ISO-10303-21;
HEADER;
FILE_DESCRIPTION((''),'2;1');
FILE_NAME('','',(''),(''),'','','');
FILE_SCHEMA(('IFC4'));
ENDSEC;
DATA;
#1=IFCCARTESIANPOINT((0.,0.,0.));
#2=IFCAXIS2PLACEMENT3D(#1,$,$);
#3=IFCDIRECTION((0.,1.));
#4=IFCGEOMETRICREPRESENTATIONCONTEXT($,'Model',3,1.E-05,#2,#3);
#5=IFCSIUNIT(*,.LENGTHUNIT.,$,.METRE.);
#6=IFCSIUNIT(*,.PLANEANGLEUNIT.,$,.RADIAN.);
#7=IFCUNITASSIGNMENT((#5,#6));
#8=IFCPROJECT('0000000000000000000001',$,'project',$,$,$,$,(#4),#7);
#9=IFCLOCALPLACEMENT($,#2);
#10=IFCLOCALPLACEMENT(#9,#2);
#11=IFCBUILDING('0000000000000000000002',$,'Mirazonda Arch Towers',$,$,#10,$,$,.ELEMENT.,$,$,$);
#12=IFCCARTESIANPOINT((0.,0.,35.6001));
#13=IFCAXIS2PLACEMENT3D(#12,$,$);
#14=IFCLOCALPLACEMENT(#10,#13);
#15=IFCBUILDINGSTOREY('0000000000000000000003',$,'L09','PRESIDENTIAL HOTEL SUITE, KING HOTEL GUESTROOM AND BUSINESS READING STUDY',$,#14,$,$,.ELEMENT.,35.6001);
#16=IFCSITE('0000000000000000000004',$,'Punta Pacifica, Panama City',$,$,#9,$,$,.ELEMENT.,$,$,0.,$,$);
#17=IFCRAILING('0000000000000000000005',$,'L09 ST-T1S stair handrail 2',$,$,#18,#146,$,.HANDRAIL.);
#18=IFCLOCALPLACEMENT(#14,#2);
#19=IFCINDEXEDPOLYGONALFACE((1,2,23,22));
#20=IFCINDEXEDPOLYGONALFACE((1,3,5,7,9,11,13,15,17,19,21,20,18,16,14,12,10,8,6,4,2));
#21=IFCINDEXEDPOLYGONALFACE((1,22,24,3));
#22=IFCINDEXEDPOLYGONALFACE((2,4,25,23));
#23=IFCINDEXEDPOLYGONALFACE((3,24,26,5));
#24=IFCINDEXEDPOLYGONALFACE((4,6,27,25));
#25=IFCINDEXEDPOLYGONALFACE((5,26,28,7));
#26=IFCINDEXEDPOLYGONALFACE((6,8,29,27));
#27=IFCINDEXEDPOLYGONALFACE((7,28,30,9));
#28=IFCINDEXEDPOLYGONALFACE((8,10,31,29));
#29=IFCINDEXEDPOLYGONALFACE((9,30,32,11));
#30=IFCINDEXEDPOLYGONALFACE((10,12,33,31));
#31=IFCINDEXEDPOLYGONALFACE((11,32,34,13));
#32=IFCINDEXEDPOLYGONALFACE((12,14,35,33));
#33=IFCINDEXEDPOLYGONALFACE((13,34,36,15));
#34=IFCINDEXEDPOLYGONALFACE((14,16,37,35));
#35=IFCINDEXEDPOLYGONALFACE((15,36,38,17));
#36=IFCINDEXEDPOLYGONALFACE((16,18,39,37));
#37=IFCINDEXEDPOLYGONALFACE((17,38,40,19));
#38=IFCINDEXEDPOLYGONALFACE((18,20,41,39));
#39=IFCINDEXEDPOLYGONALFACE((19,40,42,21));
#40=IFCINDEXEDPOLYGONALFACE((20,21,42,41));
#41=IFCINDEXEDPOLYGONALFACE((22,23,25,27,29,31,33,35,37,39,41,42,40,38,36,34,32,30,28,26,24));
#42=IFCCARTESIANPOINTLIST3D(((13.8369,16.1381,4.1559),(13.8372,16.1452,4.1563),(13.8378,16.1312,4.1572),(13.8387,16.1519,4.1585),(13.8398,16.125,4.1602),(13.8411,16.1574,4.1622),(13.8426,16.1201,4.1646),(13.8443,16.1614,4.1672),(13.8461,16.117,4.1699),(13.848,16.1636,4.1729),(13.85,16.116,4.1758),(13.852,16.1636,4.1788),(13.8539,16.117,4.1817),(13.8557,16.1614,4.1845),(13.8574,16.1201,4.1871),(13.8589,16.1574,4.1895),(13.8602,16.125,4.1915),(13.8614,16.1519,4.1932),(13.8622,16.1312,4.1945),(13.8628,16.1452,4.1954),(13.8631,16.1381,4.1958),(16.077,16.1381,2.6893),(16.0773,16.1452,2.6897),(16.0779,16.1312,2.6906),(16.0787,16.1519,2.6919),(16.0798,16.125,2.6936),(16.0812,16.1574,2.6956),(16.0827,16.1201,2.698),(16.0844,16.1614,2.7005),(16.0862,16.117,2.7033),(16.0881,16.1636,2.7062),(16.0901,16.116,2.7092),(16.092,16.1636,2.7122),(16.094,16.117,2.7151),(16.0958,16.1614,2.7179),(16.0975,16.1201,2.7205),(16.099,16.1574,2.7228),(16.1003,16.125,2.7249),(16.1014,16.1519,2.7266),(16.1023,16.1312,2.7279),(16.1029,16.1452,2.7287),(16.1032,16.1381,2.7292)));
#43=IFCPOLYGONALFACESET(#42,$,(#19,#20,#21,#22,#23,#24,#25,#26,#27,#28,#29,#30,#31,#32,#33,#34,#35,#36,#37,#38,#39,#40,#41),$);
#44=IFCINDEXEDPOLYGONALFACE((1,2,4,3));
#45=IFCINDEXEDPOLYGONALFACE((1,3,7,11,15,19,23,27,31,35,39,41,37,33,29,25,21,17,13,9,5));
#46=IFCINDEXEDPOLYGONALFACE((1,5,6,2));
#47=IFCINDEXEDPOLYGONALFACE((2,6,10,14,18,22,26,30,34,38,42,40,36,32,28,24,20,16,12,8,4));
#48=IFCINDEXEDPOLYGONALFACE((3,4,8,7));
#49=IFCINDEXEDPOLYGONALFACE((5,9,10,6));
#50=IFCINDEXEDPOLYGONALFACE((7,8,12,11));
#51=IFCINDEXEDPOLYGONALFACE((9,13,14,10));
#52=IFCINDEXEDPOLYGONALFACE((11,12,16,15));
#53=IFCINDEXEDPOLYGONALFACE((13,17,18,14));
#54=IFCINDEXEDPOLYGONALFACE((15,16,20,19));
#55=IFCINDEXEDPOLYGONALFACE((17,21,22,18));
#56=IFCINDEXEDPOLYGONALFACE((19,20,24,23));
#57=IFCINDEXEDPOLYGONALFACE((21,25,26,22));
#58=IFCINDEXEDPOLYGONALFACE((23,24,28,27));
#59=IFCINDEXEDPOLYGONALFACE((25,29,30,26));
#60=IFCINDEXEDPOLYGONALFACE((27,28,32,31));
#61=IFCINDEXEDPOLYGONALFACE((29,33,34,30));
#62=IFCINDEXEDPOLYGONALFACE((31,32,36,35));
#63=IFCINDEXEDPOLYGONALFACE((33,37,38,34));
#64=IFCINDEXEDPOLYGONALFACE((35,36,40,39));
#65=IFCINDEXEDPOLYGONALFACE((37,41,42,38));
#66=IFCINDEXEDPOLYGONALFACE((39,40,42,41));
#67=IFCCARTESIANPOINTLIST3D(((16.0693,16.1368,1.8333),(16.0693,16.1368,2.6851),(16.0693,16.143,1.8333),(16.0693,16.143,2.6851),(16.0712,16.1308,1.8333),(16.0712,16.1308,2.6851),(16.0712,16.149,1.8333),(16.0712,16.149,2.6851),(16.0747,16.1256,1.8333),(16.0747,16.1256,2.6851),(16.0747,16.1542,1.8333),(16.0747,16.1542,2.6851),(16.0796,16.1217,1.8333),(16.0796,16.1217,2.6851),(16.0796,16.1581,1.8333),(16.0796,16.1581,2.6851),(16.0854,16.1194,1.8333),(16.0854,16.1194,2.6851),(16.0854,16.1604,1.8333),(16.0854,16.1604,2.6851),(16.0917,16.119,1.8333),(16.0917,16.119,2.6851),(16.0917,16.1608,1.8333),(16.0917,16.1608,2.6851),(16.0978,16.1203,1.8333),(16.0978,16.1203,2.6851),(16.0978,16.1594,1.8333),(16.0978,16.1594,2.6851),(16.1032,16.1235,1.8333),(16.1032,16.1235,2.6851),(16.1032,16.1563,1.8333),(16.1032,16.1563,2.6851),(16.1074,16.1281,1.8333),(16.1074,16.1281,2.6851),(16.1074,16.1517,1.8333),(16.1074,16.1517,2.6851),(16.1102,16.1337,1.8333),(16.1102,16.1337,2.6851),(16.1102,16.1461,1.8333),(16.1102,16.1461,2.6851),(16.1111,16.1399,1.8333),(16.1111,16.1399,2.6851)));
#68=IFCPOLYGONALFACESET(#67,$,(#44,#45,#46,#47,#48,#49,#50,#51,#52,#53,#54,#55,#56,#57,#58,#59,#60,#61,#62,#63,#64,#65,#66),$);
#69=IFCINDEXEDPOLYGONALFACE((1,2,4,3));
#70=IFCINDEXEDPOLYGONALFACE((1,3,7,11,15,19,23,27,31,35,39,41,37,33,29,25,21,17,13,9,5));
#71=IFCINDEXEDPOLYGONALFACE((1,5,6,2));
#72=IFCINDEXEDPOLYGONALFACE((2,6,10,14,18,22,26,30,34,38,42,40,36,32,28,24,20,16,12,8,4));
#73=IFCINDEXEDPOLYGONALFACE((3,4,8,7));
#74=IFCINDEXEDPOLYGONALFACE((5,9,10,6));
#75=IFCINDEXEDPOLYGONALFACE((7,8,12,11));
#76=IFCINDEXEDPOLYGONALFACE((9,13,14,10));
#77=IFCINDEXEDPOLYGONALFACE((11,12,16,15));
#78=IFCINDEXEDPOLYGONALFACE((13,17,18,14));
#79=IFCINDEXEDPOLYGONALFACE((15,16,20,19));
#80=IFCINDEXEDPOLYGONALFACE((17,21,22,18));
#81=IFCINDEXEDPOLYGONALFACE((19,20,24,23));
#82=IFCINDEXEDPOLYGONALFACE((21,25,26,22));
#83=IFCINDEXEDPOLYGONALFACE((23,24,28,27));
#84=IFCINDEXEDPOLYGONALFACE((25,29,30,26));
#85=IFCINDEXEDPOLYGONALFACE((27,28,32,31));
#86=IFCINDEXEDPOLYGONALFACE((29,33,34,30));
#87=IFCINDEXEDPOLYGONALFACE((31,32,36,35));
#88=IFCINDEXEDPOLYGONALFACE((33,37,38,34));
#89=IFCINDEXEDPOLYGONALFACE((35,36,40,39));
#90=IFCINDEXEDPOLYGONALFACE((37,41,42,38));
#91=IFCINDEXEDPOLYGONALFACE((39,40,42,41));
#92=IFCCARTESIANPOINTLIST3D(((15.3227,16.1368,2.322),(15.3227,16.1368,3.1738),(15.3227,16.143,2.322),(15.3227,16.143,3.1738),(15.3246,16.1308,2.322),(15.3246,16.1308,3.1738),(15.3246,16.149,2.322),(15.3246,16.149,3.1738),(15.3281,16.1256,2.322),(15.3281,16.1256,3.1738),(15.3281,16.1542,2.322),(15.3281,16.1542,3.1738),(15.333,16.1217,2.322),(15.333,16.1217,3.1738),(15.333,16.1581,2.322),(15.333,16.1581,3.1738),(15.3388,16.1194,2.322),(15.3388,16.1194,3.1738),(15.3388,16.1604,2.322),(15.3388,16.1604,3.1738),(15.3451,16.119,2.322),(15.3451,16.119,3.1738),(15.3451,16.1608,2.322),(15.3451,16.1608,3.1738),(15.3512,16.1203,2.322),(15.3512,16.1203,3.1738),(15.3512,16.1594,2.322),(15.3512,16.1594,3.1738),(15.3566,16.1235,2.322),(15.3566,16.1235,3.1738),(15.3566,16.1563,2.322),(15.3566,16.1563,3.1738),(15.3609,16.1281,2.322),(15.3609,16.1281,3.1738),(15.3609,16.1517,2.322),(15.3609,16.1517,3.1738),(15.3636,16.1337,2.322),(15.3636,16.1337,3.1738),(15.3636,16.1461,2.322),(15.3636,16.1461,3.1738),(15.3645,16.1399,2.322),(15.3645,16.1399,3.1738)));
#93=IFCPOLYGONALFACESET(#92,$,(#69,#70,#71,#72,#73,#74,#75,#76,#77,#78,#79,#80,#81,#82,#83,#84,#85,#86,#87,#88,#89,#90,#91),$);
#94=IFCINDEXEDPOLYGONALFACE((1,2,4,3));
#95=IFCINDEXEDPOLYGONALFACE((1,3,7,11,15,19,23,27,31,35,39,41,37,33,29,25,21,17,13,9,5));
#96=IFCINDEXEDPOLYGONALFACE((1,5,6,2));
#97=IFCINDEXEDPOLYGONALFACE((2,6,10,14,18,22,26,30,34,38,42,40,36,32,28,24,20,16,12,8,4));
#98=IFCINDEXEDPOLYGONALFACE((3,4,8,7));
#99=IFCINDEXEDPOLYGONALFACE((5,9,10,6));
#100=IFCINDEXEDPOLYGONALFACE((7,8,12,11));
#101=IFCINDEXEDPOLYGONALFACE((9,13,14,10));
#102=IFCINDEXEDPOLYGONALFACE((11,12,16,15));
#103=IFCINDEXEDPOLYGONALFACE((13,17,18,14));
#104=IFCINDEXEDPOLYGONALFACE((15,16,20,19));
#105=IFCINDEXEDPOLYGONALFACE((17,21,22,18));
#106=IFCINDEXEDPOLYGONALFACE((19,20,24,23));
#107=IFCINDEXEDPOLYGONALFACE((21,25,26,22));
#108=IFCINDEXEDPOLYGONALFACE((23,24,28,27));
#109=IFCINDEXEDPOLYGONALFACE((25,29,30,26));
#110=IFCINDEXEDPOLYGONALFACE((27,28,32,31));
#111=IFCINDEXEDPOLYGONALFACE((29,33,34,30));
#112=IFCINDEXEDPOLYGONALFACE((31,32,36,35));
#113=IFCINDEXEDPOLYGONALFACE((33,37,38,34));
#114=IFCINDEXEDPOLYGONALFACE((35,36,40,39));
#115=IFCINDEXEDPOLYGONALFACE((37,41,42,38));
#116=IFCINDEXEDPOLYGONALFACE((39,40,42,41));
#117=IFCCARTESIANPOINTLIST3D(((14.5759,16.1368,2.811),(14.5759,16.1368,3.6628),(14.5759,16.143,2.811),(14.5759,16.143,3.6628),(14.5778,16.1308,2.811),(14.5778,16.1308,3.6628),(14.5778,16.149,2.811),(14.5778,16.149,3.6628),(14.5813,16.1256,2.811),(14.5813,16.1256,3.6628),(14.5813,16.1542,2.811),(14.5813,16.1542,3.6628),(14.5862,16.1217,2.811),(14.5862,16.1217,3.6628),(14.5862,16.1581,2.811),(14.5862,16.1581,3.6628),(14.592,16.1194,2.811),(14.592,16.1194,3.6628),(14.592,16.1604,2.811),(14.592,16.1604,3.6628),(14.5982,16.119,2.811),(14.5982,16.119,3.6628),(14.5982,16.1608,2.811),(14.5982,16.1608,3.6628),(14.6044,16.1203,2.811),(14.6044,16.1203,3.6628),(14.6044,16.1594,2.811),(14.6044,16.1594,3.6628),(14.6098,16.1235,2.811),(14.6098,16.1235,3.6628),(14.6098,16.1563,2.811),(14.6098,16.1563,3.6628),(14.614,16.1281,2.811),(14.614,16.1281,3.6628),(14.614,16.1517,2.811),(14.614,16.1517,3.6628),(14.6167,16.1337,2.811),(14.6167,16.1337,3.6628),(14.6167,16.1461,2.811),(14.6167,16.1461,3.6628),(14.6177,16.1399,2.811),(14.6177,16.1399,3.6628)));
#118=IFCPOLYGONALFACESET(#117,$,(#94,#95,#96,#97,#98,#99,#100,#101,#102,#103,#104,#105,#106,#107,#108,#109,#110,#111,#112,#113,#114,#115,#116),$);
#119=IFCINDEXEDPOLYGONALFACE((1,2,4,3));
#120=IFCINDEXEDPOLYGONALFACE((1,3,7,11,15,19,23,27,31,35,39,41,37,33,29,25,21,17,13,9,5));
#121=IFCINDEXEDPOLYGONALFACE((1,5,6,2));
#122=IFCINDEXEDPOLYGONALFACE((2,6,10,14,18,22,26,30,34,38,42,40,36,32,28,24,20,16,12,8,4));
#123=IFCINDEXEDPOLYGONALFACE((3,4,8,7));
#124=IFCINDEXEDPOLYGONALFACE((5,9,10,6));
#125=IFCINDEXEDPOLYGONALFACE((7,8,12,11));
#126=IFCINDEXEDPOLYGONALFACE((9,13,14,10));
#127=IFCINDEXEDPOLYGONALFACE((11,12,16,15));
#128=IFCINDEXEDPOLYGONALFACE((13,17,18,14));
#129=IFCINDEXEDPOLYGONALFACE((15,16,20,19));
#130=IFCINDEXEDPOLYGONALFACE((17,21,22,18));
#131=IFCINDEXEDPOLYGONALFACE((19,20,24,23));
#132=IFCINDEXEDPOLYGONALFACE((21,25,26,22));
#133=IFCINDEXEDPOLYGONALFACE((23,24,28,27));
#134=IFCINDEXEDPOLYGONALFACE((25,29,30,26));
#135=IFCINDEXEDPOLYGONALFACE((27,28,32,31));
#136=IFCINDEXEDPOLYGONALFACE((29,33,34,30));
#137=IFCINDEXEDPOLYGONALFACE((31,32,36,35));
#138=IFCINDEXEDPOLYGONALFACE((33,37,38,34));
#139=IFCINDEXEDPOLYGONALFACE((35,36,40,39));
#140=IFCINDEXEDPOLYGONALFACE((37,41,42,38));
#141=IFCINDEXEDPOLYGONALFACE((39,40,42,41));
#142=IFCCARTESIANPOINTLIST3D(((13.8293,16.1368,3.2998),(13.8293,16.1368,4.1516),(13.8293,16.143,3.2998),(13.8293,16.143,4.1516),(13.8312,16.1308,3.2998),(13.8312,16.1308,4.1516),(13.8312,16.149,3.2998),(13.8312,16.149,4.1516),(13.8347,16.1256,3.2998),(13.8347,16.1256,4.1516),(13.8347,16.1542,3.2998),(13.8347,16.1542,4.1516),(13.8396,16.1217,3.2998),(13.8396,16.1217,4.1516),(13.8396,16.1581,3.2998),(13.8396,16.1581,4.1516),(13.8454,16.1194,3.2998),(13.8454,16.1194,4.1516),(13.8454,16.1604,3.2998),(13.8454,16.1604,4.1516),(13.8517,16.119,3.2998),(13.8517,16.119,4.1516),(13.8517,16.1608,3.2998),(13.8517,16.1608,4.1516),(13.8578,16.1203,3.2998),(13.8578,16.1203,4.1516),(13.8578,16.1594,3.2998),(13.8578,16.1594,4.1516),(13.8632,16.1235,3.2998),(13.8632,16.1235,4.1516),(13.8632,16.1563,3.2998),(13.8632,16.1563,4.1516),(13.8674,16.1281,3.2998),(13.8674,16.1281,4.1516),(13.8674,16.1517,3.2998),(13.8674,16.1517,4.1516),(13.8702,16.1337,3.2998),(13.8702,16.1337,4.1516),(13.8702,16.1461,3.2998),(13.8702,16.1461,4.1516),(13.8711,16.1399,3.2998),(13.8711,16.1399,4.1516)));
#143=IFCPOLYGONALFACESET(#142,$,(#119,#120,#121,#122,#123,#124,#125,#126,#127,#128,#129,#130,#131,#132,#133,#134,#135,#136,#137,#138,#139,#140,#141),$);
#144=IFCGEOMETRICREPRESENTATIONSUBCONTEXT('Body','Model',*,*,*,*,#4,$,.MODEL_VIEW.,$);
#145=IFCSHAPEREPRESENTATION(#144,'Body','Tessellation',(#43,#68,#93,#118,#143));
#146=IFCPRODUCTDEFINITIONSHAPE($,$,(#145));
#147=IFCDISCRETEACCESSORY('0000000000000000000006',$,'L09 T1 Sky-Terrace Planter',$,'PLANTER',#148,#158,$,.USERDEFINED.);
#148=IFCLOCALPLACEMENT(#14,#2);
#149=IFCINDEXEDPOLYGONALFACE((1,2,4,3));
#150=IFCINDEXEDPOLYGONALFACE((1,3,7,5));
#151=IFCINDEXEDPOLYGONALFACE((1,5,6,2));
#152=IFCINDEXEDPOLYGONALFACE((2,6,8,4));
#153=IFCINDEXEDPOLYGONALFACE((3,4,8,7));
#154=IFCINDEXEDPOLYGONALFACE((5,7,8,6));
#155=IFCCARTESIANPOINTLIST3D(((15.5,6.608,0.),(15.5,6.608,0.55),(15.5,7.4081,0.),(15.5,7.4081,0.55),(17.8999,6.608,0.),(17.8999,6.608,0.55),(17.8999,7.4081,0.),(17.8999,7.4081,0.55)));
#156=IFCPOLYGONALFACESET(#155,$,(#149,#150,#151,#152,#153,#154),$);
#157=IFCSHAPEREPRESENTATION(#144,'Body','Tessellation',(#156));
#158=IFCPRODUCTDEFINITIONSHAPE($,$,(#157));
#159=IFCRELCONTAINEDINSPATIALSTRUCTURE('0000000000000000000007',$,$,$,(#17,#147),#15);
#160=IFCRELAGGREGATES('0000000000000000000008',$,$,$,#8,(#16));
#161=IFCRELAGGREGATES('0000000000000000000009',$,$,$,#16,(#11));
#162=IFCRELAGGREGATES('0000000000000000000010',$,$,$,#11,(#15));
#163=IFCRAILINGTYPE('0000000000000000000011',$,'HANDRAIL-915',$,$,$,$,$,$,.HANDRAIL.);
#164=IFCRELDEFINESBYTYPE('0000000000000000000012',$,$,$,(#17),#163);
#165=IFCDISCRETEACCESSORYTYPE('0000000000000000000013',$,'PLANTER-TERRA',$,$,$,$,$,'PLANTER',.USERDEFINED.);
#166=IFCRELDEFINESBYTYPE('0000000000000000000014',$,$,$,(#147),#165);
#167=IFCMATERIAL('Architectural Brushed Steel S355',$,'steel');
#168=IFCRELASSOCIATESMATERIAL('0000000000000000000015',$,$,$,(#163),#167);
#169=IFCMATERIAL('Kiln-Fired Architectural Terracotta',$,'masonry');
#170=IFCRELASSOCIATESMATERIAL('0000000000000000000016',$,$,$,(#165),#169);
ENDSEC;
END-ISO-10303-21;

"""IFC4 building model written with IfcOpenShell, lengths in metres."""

from ifc_helpers import new_model, si_unit, direction, frame, origin, origin_2d, place, context, subcontext, project, spatial, rectangle, circle, extrude, material, type_object, element, save


model = new_model("IFC4")

# Units and contexts
model_context = context("Model", 3, precision=1e-05, world=origin(), true_north=direction((0.0, 1.0)))
body_context = subcontext(model_context, "Body", "Model", "MODEL_VIEW")
ifc_project = project(units=[si_unit("LENGTHUNIT", "METRE"), si_unit("PLANEANGLEUNIT", "RADIAN")], contexts=[model_context])

# Site, building, storey
site_placement = place(None, origin())
site = spatial("IfcSite", under=ifc_project, at=site_placement, Name="Punta Pacifica, Panama City", CompositionType="ELEMENT", RefElevation=0.0)
building_placement = place(site_placement, origin())
building = spatial("IfcBuilding", under=site, at=building_placement, Name="Mirazonda Arch Towers", CompositionType="ELEMENT")
storey_placement = place(building_placement, frame((0.0, 0.0, 35.6001)))
storey = spatial("IfcBuildingStorey", under=building, at=storey_placement, Name="L09", Description="PRESIDENTIAL HOTEL SUITE, KING HOTEL GUESTROOM AND BUSINESS READING STUDY", CompositionType="ELEMENT", Elevation=35.6001)

# Shared definitions
ifc_material_1 = material(Name="Kiln-Fired Architectural Terracotta", Category="masonry")

# Railing
ifc_material_2 = material(Name="Architectural Brushed Steel S355", Category="steel")
railing_type_1 = type_object("IfcRailingType", Name="HANDRAIL-915", PredefinedType="HANDRAIL", material=ifc_material_2)
railing_1_placement = place(storey_placement, frame((16.0901, 16.1399, 1.8333)))
element("IfcRailing", 1, at=railing_1_placement, inside=storey, type_object=railing_type_1, Name="L09 ST-T1S stair handrail 2", PredefinedType="HANDRAIL", context=body_context, shape_type="SweptSolid", body=[
    extrude(circle(Radius=0.0239, at=origin_2d()), frame((0.0, 0.0, 0.876), z_axis=(-0.836637, 0.0, 0.547758), x_axis=(0.0, -1.0, 0.0)), (0.0, 0.0, 1.0), 2.6775),
    extrude(circle(Radius=0.021, at=origin_2d()), origin(), (0.0, 0.0, 1.0), 0.8518),
    extrude(circle(Radius=0.021, at=origin_2d()), frame((-0.7466, 0.0, 0.4888)), (0.0, 0.0, 1.0), 0.8518),
    extrude(circle(Radius=0.021, at=origin_2d()), frame((-1.4934, 0.0, 0.9778)), (0.0, 0.0, 1.0), 0.8518),
    extrude(circle(Radius=0.021, at=origin_2d()), frame((-2.24, 0.0, 1.4666)), (0.0, 0.0, 1.0), 0.8518),
])

# Discrete accessory
discrete_accessory_type = type_object("IfcDiscreteAccessoryType", Name="PLANTER-TERRA", ElementType="PLANTER", PredefinedType="USERDEFINED", material=ifc_material_1)
discrete_accessory_placement = place(storey_placement, frame((16.7, 7.0081, 0.0), z_axis=(0.0, 0.0, 1.0), x_axis=(1.0, 0.0, 0.0)))
element("IfcDiscreteAccessory", 2, at=discrete_accessory_placement, inside=storey, type_object=discrete_accessory_type, Name="L09 T1 Sky-Terrace Planter", ObjectType="PLANTER", PredefinedType="USERDEFINED", context=body_context, shape_type="SweptSolid", body=[
    extrude(rectangle(XDim=2.3999, YDim=0.8, at=origin_2d()), origin(), (0.0, 0.0, 1.0), 0.55),
])

save(model, "model.ifc")
